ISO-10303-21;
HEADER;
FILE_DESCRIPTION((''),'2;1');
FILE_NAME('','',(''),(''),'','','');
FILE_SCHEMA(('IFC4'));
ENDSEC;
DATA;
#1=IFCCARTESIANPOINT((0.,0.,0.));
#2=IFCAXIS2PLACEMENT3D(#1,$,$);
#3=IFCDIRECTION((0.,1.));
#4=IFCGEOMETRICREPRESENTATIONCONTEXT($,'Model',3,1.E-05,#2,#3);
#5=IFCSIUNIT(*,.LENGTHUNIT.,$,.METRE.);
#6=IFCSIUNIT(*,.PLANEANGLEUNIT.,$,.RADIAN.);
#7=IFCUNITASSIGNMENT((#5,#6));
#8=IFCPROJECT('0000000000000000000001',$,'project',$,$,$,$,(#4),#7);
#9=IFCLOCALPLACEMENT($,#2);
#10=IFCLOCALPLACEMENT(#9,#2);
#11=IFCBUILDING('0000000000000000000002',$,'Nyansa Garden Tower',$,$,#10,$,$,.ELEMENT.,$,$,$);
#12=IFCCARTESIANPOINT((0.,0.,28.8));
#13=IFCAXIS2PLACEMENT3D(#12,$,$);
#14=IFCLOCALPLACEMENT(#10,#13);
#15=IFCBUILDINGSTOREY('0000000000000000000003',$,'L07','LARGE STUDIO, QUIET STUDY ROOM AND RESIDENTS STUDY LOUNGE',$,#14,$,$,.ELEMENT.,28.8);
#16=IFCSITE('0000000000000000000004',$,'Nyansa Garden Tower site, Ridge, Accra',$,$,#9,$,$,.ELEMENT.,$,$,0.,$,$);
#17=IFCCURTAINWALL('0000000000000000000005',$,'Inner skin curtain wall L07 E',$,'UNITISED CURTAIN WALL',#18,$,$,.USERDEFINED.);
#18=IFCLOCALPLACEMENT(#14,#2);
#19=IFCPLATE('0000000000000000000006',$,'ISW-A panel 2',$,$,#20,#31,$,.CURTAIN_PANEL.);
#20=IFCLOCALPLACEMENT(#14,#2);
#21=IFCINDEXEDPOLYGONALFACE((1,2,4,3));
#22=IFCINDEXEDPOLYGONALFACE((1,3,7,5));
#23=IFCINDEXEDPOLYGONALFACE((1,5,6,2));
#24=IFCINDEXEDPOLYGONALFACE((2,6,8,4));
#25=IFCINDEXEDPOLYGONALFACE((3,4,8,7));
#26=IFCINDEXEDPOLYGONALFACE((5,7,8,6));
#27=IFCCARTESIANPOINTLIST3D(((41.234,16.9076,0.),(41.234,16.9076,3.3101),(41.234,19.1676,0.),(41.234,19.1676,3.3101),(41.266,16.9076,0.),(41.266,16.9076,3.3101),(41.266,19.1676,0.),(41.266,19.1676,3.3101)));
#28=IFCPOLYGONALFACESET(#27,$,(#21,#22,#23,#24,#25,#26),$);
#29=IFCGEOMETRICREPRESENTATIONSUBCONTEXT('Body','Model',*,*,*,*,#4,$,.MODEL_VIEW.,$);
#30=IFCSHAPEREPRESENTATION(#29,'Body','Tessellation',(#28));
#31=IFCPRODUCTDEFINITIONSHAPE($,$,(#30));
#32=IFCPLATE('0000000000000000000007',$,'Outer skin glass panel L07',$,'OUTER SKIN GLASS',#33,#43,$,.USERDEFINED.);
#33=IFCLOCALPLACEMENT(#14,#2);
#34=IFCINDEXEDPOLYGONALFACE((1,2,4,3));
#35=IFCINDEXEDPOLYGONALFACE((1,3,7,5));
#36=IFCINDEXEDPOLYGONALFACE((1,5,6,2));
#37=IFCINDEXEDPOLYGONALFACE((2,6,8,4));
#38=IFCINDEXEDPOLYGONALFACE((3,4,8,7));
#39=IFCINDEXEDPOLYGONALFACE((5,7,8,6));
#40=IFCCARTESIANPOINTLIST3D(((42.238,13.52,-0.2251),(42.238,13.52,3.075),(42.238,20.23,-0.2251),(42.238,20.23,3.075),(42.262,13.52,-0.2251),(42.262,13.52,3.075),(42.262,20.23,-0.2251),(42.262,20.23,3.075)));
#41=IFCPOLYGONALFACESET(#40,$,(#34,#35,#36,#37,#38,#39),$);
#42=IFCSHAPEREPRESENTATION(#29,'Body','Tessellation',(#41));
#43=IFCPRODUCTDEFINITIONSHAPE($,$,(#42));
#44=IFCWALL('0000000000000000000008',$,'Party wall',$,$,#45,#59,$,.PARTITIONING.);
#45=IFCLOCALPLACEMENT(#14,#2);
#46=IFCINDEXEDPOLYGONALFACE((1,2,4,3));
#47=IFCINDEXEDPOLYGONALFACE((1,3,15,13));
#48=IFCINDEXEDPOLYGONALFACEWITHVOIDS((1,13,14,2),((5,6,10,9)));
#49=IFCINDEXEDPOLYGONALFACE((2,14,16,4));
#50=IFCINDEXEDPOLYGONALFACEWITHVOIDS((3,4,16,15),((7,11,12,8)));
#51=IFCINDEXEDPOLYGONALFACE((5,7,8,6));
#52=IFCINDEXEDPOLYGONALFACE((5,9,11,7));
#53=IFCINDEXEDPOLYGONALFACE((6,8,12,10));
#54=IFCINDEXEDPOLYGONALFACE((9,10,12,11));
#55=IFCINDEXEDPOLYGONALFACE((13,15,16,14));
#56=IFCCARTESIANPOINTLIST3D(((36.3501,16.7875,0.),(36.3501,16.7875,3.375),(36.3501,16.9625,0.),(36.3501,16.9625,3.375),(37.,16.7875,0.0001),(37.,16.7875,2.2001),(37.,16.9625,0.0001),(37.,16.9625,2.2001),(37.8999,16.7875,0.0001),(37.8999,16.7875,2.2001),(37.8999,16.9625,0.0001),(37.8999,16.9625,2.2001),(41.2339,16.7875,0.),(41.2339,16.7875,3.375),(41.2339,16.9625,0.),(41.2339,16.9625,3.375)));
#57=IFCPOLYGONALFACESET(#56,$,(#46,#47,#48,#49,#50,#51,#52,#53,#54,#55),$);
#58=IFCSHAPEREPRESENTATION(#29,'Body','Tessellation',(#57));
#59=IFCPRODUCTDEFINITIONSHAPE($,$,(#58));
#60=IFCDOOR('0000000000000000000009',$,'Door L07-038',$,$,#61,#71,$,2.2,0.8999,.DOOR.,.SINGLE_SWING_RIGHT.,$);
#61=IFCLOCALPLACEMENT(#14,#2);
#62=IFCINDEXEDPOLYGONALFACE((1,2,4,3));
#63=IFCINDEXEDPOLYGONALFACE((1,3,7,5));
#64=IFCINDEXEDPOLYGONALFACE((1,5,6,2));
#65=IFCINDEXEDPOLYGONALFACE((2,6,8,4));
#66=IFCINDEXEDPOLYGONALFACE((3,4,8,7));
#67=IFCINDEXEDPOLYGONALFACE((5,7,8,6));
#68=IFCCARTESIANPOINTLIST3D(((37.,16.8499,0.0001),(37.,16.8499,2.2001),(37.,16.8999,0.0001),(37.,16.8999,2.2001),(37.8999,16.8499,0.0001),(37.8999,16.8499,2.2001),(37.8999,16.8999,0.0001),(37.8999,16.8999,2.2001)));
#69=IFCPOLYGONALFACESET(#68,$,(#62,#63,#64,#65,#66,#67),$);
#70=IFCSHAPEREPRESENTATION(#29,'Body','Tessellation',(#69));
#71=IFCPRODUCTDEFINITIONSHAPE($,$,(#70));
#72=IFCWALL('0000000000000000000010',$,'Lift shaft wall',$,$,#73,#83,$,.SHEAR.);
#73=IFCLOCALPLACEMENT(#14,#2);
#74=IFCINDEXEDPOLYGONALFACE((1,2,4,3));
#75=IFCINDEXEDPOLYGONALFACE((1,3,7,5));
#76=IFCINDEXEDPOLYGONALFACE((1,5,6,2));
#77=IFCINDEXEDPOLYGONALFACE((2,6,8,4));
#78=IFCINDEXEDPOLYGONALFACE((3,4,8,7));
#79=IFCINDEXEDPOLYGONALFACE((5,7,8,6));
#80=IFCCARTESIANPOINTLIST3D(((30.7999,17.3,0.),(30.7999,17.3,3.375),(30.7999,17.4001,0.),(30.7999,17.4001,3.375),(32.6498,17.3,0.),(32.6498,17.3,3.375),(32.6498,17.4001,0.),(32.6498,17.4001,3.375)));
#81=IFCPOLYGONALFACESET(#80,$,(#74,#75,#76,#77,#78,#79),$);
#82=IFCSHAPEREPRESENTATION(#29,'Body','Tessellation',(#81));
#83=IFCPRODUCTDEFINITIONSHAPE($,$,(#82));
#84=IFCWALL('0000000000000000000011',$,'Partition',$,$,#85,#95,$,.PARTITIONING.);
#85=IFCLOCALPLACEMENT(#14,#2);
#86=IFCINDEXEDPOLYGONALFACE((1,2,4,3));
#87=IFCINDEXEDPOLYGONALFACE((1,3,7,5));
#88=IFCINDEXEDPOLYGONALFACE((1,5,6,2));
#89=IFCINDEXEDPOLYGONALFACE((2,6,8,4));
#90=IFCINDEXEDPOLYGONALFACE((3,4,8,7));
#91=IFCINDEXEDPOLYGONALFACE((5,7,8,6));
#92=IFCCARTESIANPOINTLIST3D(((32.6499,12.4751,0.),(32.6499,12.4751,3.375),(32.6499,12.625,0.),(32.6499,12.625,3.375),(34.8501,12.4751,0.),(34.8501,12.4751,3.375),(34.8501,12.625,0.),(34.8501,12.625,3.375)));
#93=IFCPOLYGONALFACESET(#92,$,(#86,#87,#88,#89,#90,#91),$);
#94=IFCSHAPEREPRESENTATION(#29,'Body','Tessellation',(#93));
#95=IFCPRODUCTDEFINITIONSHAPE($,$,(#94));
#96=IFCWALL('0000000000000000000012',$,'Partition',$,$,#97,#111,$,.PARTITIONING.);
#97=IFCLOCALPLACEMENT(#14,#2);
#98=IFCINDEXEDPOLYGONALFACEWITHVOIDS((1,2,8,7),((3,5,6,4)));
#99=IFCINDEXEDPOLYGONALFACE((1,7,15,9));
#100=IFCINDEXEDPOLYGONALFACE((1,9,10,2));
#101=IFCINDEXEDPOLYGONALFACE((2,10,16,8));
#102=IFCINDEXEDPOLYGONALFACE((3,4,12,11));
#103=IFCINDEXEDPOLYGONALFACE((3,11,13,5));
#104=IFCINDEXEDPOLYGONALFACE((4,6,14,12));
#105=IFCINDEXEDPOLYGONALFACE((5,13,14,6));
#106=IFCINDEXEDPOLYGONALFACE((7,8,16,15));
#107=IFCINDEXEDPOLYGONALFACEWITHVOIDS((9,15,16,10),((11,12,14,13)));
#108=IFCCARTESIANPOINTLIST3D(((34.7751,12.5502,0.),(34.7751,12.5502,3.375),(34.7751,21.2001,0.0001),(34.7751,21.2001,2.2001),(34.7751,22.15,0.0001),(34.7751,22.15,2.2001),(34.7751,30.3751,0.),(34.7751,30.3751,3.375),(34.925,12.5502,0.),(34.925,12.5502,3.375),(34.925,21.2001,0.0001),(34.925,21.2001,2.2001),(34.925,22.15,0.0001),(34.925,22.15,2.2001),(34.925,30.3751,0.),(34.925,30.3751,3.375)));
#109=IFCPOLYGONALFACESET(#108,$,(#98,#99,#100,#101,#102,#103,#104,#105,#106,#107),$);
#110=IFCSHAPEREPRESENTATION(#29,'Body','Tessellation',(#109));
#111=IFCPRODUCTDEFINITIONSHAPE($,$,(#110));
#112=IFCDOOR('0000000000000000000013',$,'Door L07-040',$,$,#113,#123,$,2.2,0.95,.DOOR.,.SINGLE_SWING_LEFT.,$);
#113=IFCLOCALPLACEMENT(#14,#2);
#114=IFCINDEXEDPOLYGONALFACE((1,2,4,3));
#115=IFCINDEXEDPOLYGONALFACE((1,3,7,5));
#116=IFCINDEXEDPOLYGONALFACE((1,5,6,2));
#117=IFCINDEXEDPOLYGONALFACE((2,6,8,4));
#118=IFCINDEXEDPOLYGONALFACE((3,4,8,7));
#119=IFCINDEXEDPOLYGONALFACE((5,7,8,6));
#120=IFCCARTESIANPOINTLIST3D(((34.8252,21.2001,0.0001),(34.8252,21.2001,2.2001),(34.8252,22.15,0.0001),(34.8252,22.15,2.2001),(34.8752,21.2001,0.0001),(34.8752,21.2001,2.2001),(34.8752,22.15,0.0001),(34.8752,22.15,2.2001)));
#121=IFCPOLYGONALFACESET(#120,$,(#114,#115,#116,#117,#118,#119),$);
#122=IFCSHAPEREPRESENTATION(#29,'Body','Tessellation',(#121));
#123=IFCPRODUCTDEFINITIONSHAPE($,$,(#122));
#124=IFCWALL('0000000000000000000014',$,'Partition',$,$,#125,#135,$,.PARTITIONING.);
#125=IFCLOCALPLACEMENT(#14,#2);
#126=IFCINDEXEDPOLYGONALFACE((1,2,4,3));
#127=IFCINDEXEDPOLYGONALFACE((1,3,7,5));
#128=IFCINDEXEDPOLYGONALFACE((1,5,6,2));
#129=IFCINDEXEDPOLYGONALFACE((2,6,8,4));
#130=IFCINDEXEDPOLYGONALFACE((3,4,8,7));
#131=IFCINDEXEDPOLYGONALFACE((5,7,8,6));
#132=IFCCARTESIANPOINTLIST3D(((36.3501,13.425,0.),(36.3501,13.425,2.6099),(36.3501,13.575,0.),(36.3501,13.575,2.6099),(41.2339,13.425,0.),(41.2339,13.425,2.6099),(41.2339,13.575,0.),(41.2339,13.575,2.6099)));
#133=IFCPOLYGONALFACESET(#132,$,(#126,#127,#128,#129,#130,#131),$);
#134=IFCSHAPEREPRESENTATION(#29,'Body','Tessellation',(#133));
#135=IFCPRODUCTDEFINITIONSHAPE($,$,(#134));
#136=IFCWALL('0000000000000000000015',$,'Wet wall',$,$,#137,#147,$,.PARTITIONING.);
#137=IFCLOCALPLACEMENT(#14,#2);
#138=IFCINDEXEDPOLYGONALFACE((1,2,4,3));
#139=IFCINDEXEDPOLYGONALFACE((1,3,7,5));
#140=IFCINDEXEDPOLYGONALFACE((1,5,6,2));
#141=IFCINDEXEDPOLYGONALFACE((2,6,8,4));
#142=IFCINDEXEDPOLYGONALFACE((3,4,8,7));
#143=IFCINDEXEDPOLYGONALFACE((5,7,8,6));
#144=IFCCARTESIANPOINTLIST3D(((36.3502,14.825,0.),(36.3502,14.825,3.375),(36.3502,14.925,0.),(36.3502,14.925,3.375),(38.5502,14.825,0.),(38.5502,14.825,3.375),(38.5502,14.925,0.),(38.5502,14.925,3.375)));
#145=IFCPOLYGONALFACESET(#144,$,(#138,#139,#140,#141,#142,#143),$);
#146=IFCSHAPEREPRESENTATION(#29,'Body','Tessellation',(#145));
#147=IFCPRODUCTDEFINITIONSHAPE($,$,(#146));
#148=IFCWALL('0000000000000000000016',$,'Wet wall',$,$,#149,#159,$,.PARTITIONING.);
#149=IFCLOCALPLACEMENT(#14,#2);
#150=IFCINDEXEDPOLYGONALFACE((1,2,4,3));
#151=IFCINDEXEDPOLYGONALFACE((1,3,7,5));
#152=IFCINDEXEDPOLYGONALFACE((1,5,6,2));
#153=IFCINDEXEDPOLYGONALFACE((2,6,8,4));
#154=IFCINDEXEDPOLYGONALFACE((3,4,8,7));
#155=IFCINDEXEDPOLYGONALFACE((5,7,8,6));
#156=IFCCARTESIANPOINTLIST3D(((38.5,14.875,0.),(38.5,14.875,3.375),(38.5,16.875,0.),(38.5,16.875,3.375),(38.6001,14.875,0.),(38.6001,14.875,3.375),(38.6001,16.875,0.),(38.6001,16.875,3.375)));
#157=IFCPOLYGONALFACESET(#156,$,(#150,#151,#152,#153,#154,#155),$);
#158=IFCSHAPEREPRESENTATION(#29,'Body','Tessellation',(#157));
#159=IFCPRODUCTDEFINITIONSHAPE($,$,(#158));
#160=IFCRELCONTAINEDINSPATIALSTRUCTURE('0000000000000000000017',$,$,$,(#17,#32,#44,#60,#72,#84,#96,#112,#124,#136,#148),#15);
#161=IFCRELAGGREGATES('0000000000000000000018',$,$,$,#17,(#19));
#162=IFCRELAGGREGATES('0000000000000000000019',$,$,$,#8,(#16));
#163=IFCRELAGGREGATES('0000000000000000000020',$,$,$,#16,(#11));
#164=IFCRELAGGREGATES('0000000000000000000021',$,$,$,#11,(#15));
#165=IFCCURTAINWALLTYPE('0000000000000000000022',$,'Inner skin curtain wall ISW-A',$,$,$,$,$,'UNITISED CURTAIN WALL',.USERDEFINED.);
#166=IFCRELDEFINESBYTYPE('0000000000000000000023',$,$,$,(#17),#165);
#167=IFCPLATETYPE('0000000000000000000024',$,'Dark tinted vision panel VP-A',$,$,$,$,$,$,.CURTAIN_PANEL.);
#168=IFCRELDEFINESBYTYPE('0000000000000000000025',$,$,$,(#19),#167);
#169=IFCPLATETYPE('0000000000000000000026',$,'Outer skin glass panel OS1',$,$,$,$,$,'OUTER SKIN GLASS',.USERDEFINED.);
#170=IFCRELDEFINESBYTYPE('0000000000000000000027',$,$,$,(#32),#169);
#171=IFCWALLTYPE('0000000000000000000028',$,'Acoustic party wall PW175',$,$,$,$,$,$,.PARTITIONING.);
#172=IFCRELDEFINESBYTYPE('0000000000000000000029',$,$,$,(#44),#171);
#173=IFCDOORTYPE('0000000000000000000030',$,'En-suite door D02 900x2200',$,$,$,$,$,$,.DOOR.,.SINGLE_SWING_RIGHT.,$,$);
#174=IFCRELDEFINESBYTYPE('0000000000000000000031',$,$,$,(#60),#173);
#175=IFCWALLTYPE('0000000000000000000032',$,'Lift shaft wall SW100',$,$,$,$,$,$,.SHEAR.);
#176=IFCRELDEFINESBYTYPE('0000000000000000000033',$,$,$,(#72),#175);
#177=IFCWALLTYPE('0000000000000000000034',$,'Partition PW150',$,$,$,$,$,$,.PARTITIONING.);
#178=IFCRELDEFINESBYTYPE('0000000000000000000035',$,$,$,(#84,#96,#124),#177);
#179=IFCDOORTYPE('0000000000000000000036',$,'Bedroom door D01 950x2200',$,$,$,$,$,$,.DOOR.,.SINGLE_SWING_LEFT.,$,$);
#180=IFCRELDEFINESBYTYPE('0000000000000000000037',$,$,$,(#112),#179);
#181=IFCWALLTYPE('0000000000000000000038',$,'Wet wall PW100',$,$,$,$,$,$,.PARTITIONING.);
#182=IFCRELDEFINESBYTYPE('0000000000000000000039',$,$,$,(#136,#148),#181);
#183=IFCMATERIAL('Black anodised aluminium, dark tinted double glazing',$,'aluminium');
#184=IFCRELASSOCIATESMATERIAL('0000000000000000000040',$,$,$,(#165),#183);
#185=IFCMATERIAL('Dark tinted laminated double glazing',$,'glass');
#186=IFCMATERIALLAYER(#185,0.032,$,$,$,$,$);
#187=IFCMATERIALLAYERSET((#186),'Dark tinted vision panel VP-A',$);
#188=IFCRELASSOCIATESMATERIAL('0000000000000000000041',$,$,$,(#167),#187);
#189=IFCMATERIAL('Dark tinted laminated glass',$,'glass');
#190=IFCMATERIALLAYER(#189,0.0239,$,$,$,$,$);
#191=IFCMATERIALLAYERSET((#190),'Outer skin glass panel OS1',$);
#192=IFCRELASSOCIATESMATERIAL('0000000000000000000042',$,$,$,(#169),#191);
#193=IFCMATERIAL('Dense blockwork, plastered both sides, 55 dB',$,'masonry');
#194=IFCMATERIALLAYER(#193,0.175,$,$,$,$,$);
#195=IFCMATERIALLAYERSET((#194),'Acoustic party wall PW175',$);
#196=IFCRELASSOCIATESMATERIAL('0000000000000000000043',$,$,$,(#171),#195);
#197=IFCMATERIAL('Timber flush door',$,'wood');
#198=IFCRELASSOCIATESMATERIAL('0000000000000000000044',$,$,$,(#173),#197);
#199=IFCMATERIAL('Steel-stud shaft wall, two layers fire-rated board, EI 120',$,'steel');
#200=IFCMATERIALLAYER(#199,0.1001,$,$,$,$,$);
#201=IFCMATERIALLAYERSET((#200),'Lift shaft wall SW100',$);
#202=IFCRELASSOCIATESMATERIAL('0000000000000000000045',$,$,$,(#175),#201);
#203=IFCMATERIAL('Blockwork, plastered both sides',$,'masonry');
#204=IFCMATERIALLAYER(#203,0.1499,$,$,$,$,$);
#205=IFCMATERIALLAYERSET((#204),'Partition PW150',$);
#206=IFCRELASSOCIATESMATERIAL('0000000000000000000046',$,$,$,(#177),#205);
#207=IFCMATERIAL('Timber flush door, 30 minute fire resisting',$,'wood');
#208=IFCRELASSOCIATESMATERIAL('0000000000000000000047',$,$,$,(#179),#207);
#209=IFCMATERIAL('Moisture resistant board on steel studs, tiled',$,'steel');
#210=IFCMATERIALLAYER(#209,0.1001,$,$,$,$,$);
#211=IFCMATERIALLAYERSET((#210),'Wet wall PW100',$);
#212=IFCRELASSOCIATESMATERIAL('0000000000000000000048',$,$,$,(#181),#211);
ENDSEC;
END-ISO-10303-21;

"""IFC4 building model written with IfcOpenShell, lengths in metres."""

from ifc_helpers import new_model, si_unit, direction, frame, frame_2d, origin, origin_2d, place, context, subcontext, project, spatial, rectangle, extrude, material, layer, layer_set, type_object, element, fill, aggregate, save


model = new_model("IFC4")

# Units and contexts
model_context = context("Model", 3, precision=1e-05, world=origin(), true_north=direction((0.0, 1.0)))
body_context = subcontext(model_context, "Body", "Model", "MODEL_VIEW")
ifc_project = project(units=[si_unit("LENGTHUNIT", "METRE"), si_unit("PLANEANGLEUNIT", "RADIAN")], contexts=[model_context])

# Site, building, storey
site_placement = place(None, origin())
site = spatial("IfcSite", under=ifc_project, at=site_placement, Name="Nyansa Garden Tower site, Ridge, Accra", CompositionType="ELEMENT", RefElevation=0.0)
building_placement = place(site_placement, origin())
building = spatial("IfcBuilding", under=site, at=building_placement, Name="Nyansa Garden Tower", CompositionType="ELEMENT")
storey_placement = place(building_placement, frame((0.0, 0.0, 28.8)))
storey = spatial("IfcBuildingStorey", under=building, at=storey_placement, Name="L07", Description="LARGE STUDIO, QUIET STUDY ROOM AND RESIDENTS STUDY LOUNGE", CompositionType="ELEMENT", Elevation=28.8)

# Shared definitions
ifc_material_1 = material(Name="Black anodised aluminium, dark tinted double glazing", Category="aluminium")
curtain_wall_type = type_object("IfcCurtainWallType", Name="Inner skin curtain wall ISW-A", ElementType="UNITISED CURTAIN WALL", PredefinedType="USERDEFINED", material=ifc_material_1)

# Curtain wall
curtain_wall_1_placement = place(storey_placement, origin())
curtain_wall_1 = element("IfcCurtainWall", 1, at=curtain_wall_1_placement, inside=storey, type_object=curtain_wall_type, Name="Inner skin curtain wall L07 E", ObjectType="UNITISED CURTAIN WALL", PredefinedType="USERDEFINED")

# Plates
ifc_material_2 = material(Name="Dark tinted laminated double glazing", Category="glass")
ifc_layer_1 = layer(ifc_material_2, 0.032)
ifc_layer_set_1 = layer_set([ifc_layer_1], Name="Dark tinted vision panel VP-A")
plate_type_1 = type_object("IfcPlateType", Name="Dark tinted vision panel VP-A", PredefinedType="CURTAIN_PANEL", material=ifc_layer_set_1)
plate_1_placement = place(storey_placement, frame((41.25, 18.0376, 0.0), z_axis=(0.0, 0.0, 1.0), x_axis=(0.0, 1.0, 0.0)))
plate_1 = element("IfcPlate", 2, at=plate_1_placement, type_object=plate_type_1, Name="ISW-A panel 2", PredefinedType="CURTAIN_PANEL", context=body_context, shape_type="SweptSolid", body=[
    extrude(rectangle(XDim=2.26, YDim=0.032, at=origin_2d()), origin(), (0.0, 0.0, 1.0), 3.3101),
])
aggregate(curtain_wall_1, [plate_1])
ifc_material_3 = material(Name="Dark tinted laminated glass", Category="glass")
ifc_layer_2 = layer(ifc_material_3, 0.0239)
ifc_layer_set_2 = layer_set([ifc_layer_2], Name="Outer skin glass panel OS1")
plate_type_2 = type_object("IfcPlateType", Name="Outer skin glass panel OS1", ElementType="OUTER SKIN GLASS", PredefinedType="USERDEFINED", material=ifc_layer_set_2)
plate_2_placement = place(storey_placement, frame((42.25, 16.875, -0.2251), z_axis=(0.0, 0.0, 1.0), x_axis=(0.0, 1.0, 0.0)))
element("IfcPlate", 3, at=plate_2_placement, inside=storey, type_object=plate_type_2, Name="Outer skin glass panel L07", ObjectType="OUTER SKIN GLASS", PredefinedType="USERDEFINED", context=body_context, shape_type="SweptSolid", body=[
    extrude(rectangle(XDim=6.71, YDim=0.0239, at=origin_2d()), origin(), (0.0, 0.0, 1.0), 3.3),
])

# Wall, opening, door
ifc_material_4 = material(Name="Dense blockwork, plastered both sides, 55 dB", Category="masonry")
ifc_layer_3 = layer(ifc_material_4, 0.175)
ifc_layer_set_3 = layer_set([ifc_layer_3], Name="Acoustic party wall PW175")
wall_type_1 = type_object("IfcWallType", Name="Acoustic party wall PW175", PredefinedType="PARTITIONING", material=ifc_layer_set_3)
wall_1_placement = place(storey_placement, frame((36.3501, 16.875, 0.0), z_axis=(0.0, 0.0, 1.0), x_axis=(1.0, 0.0, 0.0)))
wall_1 = element("IfcWall", 4, at=wall_1_placement, inside=storey, type_object=wall_type_1, Name="Party wall", PredefinedType="PARTITIONING", context=body_context, shape_type="SweptSolid", body=[
    extrude(rectangle(XDim=4.8838, YDim=0.175, at=frame_2d((2.4419, 0.0))), origin(), (0.0, 0.0, 1.0), 3.375),
])
opening_1_placement = place(wall_1_placement, frame((0.6499, 0.0, 0.0)))
opening_1 = element("IfcOpeningElement", 5, at=opening_1_placement, cuts=wall_1, PredefinedType="OPENING", context=body_context, shape_type="SweptSolid", body=[
    extrude(rectangle(XDim=0.8999, YDim=2.2, at=frame_2d((0.45, 1.1001))), frame((0.0, 0.0974, 0.0), z_axis=(0.0, -1.0, 0.0), x_axis=(1.0, 0.0, 0.0)), (0.0, 0.0, 1.0), 0.1951),
])
ifc_material_5 = material(Name="Timber flush door", Category="wood")
door_type_1 = type_object("IfcDoorType", Name="En-suite door D02 900x2200", OperationType="SINGLE_SWING_RIGHT", PredefinedType="DOOR", material=ifc_material_5)
door_1_placement = place(opening_1_placement, origin())
door_1 = element("IfcDoor", 6, at=door_1_placement, inside=storey, type_object=door_type_1, Name="Door L07-038", OperationType="SINGLE_SWING_RIGHT", OverallHeight=2.2, OverallWidth=0.8999, PredefinedType="DOOR", context=body_context, shape_type="SweptSolid", body=[
    extrude(rectangle(XDim=0.8999, YDim=2.2, at=frame_2d((0.45, 1.1001))), frame((0.0, 0.0249, 0.0), z_axis=(0.0, -1.0, 0.0), x_axis=(1.0, 0.0, 0.0)), (0.0, 0.0, 1.0), 0.05),
])
fill(opening_1, door_1)

# Walls
ifc_material_6 = material(Name="Steel-stud shaft wall, two layers fire-rated board, EI 120", Category="steel")
ifc_layer_4 = layer(ifc_material_6, 0.1001)
ifc_layer_set_4 = layer_set([ifc_layer_4], Name="Lift shaft wall SW100")
wall_type_2 = type_object("IfcWallType", Name="Lift shaft wall SW100", PredefinedType="SHEAR", material=ifc_layer_set_4)
wall_2_placement = place(storey_placement, frame((30.8, 17.3501, 0.0), z_axis=(0.0, 0.0, 1.0), x_axis=(1.0, 0.0, 0.0)))
element("IfcWall", 7, at=wall_2_placement, inside=storey, type_object=wall_type_2, Name="Lift shaft wall", PredefinedType="SHEAR", context=body_context, shape_type="SweptSolid", body=[
    extrude(rectangle(XDim=1.8499, YDim=0.1001, at=frame_2d((0.9248, 0.0))), origin(), (0.0, 0.0, 1.0), 3.375),
])
ifc_material_7 = material(Name="Blockwork, plastered both sides", Category="masonry")
ifc_layer_5 = layer(ifc_material_7, 0.1499)
ifc_layer_set_5 = layer_set([ifc_layer_5], Name="Partition PW150")
wall_type_3 = type_object("IfcWallType", Name="Partition PW150", PredefinedType="PARTITIONING", material=ifc_layer_set_5)
wall_3_placement = place(storey_placement, frame((32.6499, 12.55, 0.0), z_axis=(0.0, 0.0, 1.0), x_axis=(1.0, 0.0, 0.0)))
element("IfcWall", 8, at=wall_3_placement, inside=storey, type_object=wall_type_3, Name="Partition", PredefinedType="PARTITIONING", context=body_context, shape_type="SweptSolid", body=[
    extrude(rectangle(XDim=2.2002, YDim=0.1499, at=frame_2d((1.1001, 0.0))), origin(), (0.0, 0.0, 1.0), 3.375),
])

# Wall, opening, door
wall_4_placement = place(storey_placement, frame((34.8501, 12.55, 0.0), z_axis=(0.0, 0.0, 1.0), x_axis=(0.0, 1.0, 0.0)))
wall_4 = element("IfcWall", 9, at=wall_4_placement, inside=storey, type_object=wall_type_3, Name="Partition", PredefinedType="PARTITIONING", context=body_context, shape_type="SweptSolid", body=[
    extrude(rectangle(XDim=17.825, YDim=0.1499, at=frame_2d((8.9126, 0.0))), origin(), (0.0, 0.0, 1.0), 3.375),
])
opening_2_placement = place(wall_4_placement, frame((8.6499, 0.0, 0.0)))
opening_2 = element("IfcOpeningElement", 10, at=opening_2_placement, cuts=wall_4, PredefinedType="OPENING", context=body_context, shape_type="SweptSolid", body=[
    extrude(rectangle(XDim=0.95, YDim=2.2, at=frame_2d((0.4751, 1.1001))), frame((0.0, 0.085, 0.0), z_axis=(0.0, -1.0, 0.0), x_axis=(1.0, 0.0, 0.0)), (0.0, 0.0, 1.0), 0.1699),
])
ifc_material_8 = material(Name="Timber flush door, 30 minute fire resisting", Category="wood")
door_type_2 = type_object("IfcDoorType", Name="Bedroom door D01 950x2200", OperationType="SINGLE_SWING_LEFT", PredefinedType="DOOR", material=ifc_material_8)
door_2_placement = place(opening_2_placement, origin())
door_2 = element("IfcDoor", 11, at=door_2_placement, inside=storey, type_object=door_type_2, Name="Door L07-040", OperationType="SINGLE_SWING_LEFT", OverallHeight=2.2, OverallWidth=0.95, PredefinedType="DOOR", context=body_context, shape_type="SweptSolid", body=[
    extrude(rectangle(XDim=0.95, YDim=2.2, at=frame_2d((0.4751, 1.1001))), frame((0.0, 0.0249, 0.0), z_axis=(0.0, -1.0, 0.0), x_axis=(1.0, 0.0, 0.0)), (0.0, 0.0, 1.0), 0.05),
])
fill(opening_2, door_2)

# Walls
wall_5_placement = place(storey_placement, frame((36.3501, 13.5, 0.0), z_axis=(0.0, 0.0, 1.0), x_axis=(1.0, 0.0, 0.0)))
element("IfcWall", 12, at=wall_5_placement, inside=storey, type_object=wall_type_3, Name="Partition", PredefinedType="PARTITIONING", context=body_context, shape_type="SweptSolid", body=[
    extrude(rectangle(XDim=4.8838, YDim=0.1499, at=frame_2d((2.4419, 0.0))), origin(), (0.0, 0.0, 1.0), 2.6099),
])
ifc_material_9 = material(Name="Moisture resistant board on steel studs, tiled", Category="steel")
ifc_layer_6 = layer(ifc_material_9, 0.1001)
ifc_layer_set_6 = layer_set([ifc_layer_6], Name="Wet wall PW100")
wall_type_4 = type_object("IfcWallType", Name="Wet wall PW100", PredefinedType="PARTITIONING", material=ifc_layer_set_6)
wall_6_placement = place(storey_placement, frame((36.3501, 14.875, 0.0), z_axis=(0.0, 0.0, 1.0), x_axis=(1.0, 0.0, 0.0)))
element("IfcWall", 13, at=wall_6_placement, inside=storey, type_object=wall_type_4, Name="Wet wall", PredefinedType="PARTITIONING", context=body_context, shape_type="SweptSolid", body=[
    extrude(rectangle(XDim=2.2, YDim=0.1001, at=frame_2d((1.1001, 0.0))), origin(), (0.0, 0.0, 1.0), 3.375),
])
wall_7_placement = place(storey_placement, frame((38.55, 14.875, 0.0), z_axis=(0.0, 0.0, 1.0), x_axis=(0.0, 1.0, 0.0)))
element("IfcWall", 14, at=wall_7_placement, inside=storey, type_object=wall_type_4, Name="Wet wall", PredefinedType="PARTITIONING", context=body_context, shape_type="SweptSolid", body=[
    extrude(rectangle(XDim=2.0, YDim=0.1001, at=frame_2d((1.0, 0.0))), origin(), (0.0, 0.0, 1.0), 3.375),
])

save(model, "model.ifc")
